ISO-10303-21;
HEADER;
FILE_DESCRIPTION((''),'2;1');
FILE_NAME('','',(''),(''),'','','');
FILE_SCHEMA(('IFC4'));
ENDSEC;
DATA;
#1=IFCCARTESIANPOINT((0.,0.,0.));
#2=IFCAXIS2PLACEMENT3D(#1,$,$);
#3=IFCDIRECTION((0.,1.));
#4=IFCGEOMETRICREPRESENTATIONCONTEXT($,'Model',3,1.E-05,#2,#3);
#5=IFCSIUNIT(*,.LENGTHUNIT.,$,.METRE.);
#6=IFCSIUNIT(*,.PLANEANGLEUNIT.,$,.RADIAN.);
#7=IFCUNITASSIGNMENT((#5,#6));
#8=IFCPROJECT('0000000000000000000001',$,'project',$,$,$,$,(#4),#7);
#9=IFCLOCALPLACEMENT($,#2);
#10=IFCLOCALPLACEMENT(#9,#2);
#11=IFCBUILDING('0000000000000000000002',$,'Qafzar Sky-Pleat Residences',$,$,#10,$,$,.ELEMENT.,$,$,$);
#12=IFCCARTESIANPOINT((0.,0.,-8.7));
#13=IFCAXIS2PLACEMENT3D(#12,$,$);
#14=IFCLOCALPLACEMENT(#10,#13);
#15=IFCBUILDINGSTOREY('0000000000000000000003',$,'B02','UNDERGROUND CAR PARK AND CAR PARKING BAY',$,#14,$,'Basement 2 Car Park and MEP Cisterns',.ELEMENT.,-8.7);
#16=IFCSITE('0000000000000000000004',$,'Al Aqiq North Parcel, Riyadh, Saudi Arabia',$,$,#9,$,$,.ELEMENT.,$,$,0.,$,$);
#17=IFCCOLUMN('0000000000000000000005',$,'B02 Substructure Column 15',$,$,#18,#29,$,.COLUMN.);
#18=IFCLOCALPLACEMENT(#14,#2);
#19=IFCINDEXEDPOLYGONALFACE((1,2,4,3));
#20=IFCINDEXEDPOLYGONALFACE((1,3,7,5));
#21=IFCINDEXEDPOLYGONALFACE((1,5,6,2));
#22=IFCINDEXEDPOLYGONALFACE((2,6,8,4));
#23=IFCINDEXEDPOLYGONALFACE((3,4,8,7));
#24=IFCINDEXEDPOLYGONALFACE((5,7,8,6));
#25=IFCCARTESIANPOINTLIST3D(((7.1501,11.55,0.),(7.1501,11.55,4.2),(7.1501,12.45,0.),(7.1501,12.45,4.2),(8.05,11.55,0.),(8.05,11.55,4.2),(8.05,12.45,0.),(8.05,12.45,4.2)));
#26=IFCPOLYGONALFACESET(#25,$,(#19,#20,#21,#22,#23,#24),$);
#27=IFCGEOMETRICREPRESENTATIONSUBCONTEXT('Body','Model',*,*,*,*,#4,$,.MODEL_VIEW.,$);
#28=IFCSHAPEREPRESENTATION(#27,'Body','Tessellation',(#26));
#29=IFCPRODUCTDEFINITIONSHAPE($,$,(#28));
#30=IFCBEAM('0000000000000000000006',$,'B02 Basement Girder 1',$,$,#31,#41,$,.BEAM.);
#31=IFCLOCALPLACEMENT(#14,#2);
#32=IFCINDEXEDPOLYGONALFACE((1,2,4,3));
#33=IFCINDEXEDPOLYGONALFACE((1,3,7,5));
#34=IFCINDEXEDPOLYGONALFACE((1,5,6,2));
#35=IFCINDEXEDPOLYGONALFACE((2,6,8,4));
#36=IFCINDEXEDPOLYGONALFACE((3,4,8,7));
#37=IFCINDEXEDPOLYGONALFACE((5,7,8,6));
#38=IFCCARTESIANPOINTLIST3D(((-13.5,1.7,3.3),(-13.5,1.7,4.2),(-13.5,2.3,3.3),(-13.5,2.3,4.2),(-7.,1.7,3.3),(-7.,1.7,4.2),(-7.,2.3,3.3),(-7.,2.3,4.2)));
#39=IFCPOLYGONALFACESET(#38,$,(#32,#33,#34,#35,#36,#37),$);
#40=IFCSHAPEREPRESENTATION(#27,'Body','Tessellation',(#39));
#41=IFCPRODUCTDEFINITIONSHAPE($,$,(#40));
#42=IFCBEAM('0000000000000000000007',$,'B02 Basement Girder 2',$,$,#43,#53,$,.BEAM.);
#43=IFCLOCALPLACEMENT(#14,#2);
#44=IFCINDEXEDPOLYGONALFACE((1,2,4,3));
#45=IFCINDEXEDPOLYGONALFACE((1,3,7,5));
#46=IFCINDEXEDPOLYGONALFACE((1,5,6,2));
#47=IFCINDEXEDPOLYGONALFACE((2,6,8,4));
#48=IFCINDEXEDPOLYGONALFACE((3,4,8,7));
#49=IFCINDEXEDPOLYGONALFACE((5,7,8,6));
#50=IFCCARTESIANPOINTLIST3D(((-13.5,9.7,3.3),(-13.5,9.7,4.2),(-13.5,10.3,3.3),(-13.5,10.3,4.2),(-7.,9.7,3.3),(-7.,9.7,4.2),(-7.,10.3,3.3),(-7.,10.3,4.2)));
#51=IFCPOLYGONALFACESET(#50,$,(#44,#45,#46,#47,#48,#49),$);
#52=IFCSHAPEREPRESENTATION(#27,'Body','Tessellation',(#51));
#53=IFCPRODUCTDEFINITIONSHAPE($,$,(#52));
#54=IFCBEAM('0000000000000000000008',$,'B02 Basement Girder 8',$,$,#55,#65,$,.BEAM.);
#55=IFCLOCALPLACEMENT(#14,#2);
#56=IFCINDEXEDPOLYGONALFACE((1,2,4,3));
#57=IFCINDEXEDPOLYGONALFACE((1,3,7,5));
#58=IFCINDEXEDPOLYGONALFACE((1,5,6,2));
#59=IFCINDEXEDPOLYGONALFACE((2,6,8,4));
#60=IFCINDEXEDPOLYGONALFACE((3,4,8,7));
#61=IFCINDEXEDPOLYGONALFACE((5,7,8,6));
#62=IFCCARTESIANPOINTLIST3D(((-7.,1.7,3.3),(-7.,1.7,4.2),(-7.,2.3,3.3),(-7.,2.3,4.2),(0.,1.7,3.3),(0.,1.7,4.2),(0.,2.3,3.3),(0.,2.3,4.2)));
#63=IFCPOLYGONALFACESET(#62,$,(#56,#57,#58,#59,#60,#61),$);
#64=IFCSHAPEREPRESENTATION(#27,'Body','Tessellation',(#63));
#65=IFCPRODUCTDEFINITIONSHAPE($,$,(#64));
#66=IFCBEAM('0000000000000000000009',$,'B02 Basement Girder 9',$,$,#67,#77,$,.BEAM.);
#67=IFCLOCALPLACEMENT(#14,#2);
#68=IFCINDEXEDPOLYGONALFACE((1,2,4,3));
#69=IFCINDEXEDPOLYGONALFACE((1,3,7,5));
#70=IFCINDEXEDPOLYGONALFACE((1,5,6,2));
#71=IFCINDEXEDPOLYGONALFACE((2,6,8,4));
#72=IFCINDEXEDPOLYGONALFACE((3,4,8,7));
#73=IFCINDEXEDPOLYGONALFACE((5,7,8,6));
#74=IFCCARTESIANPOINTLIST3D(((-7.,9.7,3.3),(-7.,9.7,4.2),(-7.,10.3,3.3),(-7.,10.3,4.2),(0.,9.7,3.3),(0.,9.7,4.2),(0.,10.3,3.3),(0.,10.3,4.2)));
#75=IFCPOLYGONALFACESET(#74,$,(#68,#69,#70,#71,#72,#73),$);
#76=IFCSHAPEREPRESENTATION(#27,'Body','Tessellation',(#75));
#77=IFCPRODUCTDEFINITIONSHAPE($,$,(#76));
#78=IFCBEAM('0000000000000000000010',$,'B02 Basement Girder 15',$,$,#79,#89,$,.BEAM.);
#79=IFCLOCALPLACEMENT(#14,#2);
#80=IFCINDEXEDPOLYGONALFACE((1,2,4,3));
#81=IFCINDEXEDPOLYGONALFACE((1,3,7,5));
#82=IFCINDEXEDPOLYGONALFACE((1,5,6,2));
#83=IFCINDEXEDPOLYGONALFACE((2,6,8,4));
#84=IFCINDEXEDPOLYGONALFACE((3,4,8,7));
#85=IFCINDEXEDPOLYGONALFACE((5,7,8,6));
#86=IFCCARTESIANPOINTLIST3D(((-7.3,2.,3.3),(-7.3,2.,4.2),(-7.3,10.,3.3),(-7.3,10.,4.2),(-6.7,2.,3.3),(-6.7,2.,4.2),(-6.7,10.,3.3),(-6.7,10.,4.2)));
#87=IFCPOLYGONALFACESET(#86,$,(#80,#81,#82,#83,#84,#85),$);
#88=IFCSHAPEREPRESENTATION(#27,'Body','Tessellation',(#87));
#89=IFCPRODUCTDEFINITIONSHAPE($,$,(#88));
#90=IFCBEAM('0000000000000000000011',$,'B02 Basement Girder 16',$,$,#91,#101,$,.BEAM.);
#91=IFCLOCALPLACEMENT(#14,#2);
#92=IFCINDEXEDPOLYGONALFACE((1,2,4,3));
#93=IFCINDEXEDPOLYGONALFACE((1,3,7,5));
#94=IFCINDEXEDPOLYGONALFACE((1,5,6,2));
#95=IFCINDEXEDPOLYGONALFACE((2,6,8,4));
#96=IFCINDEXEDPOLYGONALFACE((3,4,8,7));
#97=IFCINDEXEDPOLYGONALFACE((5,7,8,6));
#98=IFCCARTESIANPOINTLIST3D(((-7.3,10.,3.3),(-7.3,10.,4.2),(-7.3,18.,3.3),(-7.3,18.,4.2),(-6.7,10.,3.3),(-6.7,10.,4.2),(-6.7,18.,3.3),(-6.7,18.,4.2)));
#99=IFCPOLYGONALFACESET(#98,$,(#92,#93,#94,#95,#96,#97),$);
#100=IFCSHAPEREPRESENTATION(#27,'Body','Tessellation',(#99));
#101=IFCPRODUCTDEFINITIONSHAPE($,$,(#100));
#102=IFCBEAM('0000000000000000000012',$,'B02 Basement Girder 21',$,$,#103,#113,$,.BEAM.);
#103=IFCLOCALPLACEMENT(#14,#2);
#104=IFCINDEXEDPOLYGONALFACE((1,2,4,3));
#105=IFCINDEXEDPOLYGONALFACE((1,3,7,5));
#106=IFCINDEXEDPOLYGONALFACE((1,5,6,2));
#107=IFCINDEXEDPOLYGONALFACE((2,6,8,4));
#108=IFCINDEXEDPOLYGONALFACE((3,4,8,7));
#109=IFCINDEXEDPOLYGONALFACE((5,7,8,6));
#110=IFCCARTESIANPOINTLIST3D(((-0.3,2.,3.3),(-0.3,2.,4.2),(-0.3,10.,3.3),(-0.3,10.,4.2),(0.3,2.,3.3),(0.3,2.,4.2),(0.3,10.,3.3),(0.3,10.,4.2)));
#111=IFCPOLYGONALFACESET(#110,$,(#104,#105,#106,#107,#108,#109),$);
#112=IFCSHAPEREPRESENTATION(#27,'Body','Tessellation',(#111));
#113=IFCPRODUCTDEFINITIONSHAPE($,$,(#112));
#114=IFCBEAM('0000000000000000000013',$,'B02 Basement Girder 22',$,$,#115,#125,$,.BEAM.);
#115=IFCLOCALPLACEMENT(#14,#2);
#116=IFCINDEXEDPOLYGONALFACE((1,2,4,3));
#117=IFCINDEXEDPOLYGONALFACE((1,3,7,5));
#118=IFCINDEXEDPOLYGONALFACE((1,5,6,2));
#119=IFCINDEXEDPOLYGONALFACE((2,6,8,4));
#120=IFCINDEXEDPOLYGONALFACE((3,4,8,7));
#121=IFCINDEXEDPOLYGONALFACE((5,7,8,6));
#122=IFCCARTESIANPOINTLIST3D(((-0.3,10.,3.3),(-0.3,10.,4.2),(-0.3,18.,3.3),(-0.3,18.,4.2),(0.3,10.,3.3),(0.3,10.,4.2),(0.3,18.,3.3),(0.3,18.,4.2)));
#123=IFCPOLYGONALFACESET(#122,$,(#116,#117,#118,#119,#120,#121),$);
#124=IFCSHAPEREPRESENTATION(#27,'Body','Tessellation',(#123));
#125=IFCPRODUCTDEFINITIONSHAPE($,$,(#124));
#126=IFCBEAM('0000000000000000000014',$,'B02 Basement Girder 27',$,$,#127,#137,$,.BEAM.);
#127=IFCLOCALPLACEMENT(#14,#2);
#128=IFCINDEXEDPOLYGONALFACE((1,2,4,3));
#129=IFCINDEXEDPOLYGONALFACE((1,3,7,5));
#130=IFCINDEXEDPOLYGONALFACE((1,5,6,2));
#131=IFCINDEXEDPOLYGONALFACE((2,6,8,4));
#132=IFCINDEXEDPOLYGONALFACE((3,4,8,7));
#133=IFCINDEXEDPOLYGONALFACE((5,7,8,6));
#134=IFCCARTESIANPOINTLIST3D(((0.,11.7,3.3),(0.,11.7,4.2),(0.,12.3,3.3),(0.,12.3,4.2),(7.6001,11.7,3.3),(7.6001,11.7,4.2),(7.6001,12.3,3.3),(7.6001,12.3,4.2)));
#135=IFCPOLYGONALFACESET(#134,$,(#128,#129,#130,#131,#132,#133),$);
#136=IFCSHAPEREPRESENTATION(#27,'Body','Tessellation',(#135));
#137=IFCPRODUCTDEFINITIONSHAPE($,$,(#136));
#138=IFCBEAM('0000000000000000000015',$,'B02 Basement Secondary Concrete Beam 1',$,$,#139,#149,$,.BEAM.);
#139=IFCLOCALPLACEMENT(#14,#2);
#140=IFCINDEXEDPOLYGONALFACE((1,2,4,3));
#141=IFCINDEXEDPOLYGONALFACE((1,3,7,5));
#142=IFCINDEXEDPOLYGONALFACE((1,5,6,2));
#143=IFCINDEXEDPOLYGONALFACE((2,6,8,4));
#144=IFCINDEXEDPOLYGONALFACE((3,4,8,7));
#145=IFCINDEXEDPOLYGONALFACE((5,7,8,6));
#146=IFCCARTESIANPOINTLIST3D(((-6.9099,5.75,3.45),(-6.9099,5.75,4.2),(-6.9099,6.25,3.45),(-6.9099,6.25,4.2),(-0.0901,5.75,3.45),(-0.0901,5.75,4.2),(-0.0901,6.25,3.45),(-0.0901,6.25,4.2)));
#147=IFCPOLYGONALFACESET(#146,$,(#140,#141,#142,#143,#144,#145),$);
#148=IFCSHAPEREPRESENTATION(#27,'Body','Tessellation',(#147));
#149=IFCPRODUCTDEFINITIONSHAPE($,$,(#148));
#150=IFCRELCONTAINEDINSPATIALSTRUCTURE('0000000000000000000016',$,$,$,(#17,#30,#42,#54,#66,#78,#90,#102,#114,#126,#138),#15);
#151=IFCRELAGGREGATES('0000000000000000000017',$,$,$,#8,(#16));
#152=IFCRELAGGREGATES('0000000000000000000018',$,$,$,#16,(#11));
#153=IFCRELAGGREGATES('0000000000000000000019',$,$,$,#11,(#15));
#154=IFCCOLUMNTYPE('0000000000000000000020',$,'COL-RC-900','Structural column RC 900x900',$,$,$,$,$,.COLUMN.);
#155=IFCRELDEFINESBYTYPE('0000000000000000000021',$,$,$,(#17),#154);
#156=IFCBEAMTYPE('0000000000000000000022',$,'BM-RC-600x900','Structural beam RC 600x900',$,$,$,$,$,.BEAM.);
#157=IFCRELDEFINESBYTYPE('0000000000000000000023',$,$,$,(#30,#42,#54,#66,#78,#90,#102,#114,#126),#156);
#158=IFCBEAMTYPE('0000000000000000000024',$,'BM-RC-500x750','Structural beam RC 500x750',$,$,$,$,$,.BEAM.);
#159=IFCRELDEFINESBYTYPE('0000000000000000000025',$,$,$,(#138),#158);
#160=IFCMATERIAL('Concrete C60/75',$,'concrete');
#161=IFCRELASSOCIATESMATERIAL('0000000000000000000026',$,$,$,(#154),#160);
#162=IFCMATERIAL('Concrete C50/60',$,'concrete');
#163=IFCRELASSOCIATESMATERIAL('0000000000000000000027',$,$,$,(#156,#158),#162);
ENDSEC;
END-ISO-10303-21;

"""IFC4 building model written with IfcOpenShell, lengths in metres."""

from ifc_helpers import new_model, si_unit, direction, frame, origin, origin_2d, place, context, subcontext, project, spatial, rectangle, extrude, source, transform, mapped, material, material_profile, profile_set, type_object, element, save


model = new_model("IFC4")

# Units and contexts
model_context = context("Model", 3, precision=1e-05, world=origin(), true_north=direction((0.0, 1.0)))
body_context = subcontext(model_context, "Body", "Model", "MODEL_VIEW")
ifc_project = project(units=[si_unit("LENGTHUNIT", "METRE"), si_unit("PLANEANGLEUNIT", "RADIAN")], contexts=[model_context])

# Site, building, storey
site_placement = place(None, origin())
site = spatial("IfcSite", under=ifc_project, at=site_placement, Name="Al Aqiq North Parcel, Riyadh, Saudi Arabia", CompositionType="ELEMENT", RefElevation=0.0)
building_placement = place(site_placement, origin())
building = spatial("IfcBuilding", under=site, at=building_placement, Name="Qafzar Sky-Pleat Residences", CompositionType="ELEMENT")
storey_placement = place(building_placement, frame((0.0, 0.0, -8.7)))
storey = spatial("IfcBuildingStorey", under=building, at=storey_placement, Name="B02", Description="UNDERGROUND CAR PARK AND CAR PARKING BAY", LongName="Basement 2 Car Park and MEP Cisterns", CompositionType="ELEMENT", Elevation=-8.7)

# Shared definitions
ifc_material_1 = material(Name="Concrete C60/75", Category="concrete")

# Shared definitions
ifc_material_2 = material(Name="Concrete C50/60", Category="concrete")

# Column
ifc_material_profile_1 = material_profile(ifc_material_1, rectangle(XDim=0.8999, YDim=0.8999, at=origin_2d()), Name="RC 900x900")
ifc_profile_set_1 = profile_set([ifc_material_profile_1], Name="Concrete C60/75")
column_type_1 = type_object("IfcColumnType", Name="COL-RC-900", Description="Structural column RC 900x900", PredefinedType="COLUMN", material=ifc_profile_set_1)
shared_shape_1 = source(origin(), body_context, "Body", "SweptSolid", [
    extrude(rectangle(XDim=0.8999, YDim=0.8999, at=origin_2d()), origin(), (0.0, 0.0, 1.0), 4.2),
])
for number, where, z_axis, x_axis, name in (
    (1, (7.6001, 12.0, 0.0), (0.0, 0.0, 1.0), (1.0, 0.0, 0.0), "B02 Substructure Column 15"),
):
    element("IfcColumn", number, at=place(storey_placement, frame(where, z_axis=z_axis, x_axis=x_axis)), inside=storey, type_object=column_type_1, Name=name, PredefinedType="COLUMN", context=body_context, shape_type="MappedRepresentation", body=[
        mapped(shared_shape_1, transform((0.0, 0.0, 0.0), x_axis=(1.0, 0.0, 0.0), y_axis=(0.0, 1.0, 0.0), z_axis=(0.0, 0.0, 1.0), scale=1.0)),
    ])

# Beams
ifc_material_profile_2 = material_profile(ifc_material_2, rectangle(XDim=0.6001, YDim=0.8999, at=origin_2d()), Name="RC 600x900")
ifc_profile_set_2 = profile_set([ifc_material_profile_2], Name="Concrete C50/60")
beam_type_1 = type_object("IfcBeamType", Name="BM-RC-600x900", Description="Structural beam RC 600x900", PredefinedType="BEAM", material=ifc_profile_set_2)
shared_shape_2 = source(origin(), body_context, "Body", "SweptSolid", [
    extrude(rectangle(XDim=0.6001, YDim=0.8999, at=origin_2d()), origin(), (0.0, 0.0, 1.0), 6.5),
])
for number, where, z_axis, x_axis, name in (
    (2, (-13.5, 2.0, 3.75), (1.0, 0.0, 0.0), (0.0, 1.0, 0.0), "B02 Basement Girder 1"),
    (3, (-13.5, 10.0, 3.75), (1.0, 0.0, 0.0), (0.0, 1.0, 0.0), "B02 Basement Girder 2"),
):
    element("IfcBeam", number, at=place(storey_placement, frame(where, z_axis=z_axis, x_axis=x_axis)), inside=storey, type_object=beam_type_1, Name=name, PredefinedType="BEAM", context=body_context, shape_type="MappedRepresentation", body=[
        mapped(shared_shape_2, transform((0.0, 0.0, 0.0), x_axis=(1.0, 0.0, 0.0), y_axis=(0.0, 1.0, 0.0), z_axis=(0.0, 0.0, 1.0), scale=1.0)),
    ])
shared_shape_3 = source(origin(), body_context, "Body", "SweptSolid", [
    extrude(rectangle(XDim=0.6001, YDim=0.8999, at=origin_2d()), origin(), (0.0, 0.0, 1.0), 7.0),
])
for number, where, z_axis, x_axis, name in (
    (4, (-7.0, 2.0, 3.75), (1.0, 0.0, 0.0), (0.0, 1.0, 0.0), "B02 Basement Girder 8"),
    (5, (-7.0, 10.0, 3.75), (1.0, 0.0, 0.0), (0.0, 1.0, 0.0), "B02 Basement Girder 9"),
):
    element("IfcBeam", number, at=place(storey_placement, frame(where, z_axis=z_axis, x_axis=x_axis)), inside=storey, type_object=beam_type_1, Name=name, PredefinedType="BEAM", context=body_context, shape_type="MappedRepresentation", body=[
        mapped(shared_shape_3, transform((0.0, 0.0, 0.0), x_axis=(1.0, 0.0, 0.0), y_axis=(0.0, 1.0, 0.0), z_axis=(0.0, 0.0, 1.0), scale=1.0)),
    ])
shared_shape_4 = source(origin(), body_context, "Body", "SweptSolid", [
    extrude(rectangle(XDim=0.6001, YDim=0.8999, at=origin_2d()), origin(), (0.0, 0.0, 1.0), 8.0),
])
for number, where, z_axis, x_axis, name in (
    (6, (-7.0, 2.0, 3.75), (0.0, 1.0, 0.0), (-1.0, 0.0, 0.0), "B02 Basement Girder 15"),
    (7, (-7.0, 10.0, 3.75), (0.0, 1.0, 0.0), (-1.0, 0.0, 0.0), "B02 Basement Girder 16"),
    (8, (0.0, 2.0, 3.75), (0.0, 1.0, 0.0), (-1.0, 0.0, 0.0), "B02 Basement Girder 21"),
    (9, (0.0, 10.0, 3.75), (0.0, 1.0, 0.0), (-1.0, 0.0, 0.0), "B02 Basement Girder 22"),
):
    element("IfcBeam", number, at=place(storey_placement, frame(where, z_axis=z_axis, x_axis=x_axis)), inside=storey, type_object=beam_type_1, Name=name, PredefinedType="BEAM", context=body_context, shape_type="MappedRepresentation", body=[
        mapped(shared_shape_4, transform((0.0, 0.0, 0.0), x_axis=(1.0, 0.0, 0.0), y_axis=(0.0, 1.0, 0.0), z_axis=(0.0, 0.0, 1.0), scale=1.0)),
    ])
shared_shape_5 = source(origin(), body_context, "Body", "SweptSolid", [
    extrude(rectangle(XDim=0.6001, YDim=0.8999, at=origin_2d()), origin(), (0.0, 0.0, 1.0), 7.6001),
])
beam_1_placement = place(storey_placement, frame((0.0, 12.0, 3.75), z_axis=(1.0, 0.0, 0.0), x_axis=(0.0, 1.0, 0.0)))
element("IfcBeam", 10, at=beam_1_placement, inside=storey, type_object=beam_type_1, Name="B02 Basement Girder 27", PredefinedType="BEAM", context=body_context, shape_type="MappedRepresentation", body=[
    mapped(shared_shape_5, transform((0.0, 0.0, 0.0), x_axis=(1.0, 0.0, 0.0), y_axis=(0.0, 1.0, 0.0), z_axis=(0.0, 0.0, 1.0), scale=1.0)),
])
ifc_material_profile_3 = material_profile(ifc_material_2, rectangle(XDim=0.5, YDim=0.75, at=origin_2d()), Name="RC 500x750")
ifc_profile_set_3 = profile_set([ifc_material_profile_3], Name="Concrete C50/60")
beam_type_2 = type_object("IfcBeamType", Name="BM-RC-500x750", Description="Structural beam RC 500x750", PredefinedType="BEAM", material=ifc_profile_set_3)
shared_shape_6 = source(origin(), body_context, "Body", "SweptSolid", [
    extrude(rectangle(XDim=0.5, YDim=0.75, at=origin_2d()), origin(), (0.0, 0.0, 1.0), 6.8198),
])
beam_2_placement = place(storey_placement, frame((-6.9099, 6.0, 3.825), z_axis=(1.0, 0.0, 0.0), x_axis=(0.0, 1.0, 0.0)))
element("IfcBeam", 11, at=beam_2_placement, inside=storey, type_object=beam_type_2, Name="B02 Basement Secondary Concrete Beam 1", PredefinedType="BEAM", context=body_context, shape_type="MappedRepresentation", body=[
    mapped(shared_shape_6, transform((0.0, 0.0, 0.0), x_axis=(1.0, 0.0, 0.0), y_axis=(0.0, 1.0, 0.0), z_axis=(0.0, 0.0, 1.0), scale=1.0)),
])

save(model, "model.ifc")
